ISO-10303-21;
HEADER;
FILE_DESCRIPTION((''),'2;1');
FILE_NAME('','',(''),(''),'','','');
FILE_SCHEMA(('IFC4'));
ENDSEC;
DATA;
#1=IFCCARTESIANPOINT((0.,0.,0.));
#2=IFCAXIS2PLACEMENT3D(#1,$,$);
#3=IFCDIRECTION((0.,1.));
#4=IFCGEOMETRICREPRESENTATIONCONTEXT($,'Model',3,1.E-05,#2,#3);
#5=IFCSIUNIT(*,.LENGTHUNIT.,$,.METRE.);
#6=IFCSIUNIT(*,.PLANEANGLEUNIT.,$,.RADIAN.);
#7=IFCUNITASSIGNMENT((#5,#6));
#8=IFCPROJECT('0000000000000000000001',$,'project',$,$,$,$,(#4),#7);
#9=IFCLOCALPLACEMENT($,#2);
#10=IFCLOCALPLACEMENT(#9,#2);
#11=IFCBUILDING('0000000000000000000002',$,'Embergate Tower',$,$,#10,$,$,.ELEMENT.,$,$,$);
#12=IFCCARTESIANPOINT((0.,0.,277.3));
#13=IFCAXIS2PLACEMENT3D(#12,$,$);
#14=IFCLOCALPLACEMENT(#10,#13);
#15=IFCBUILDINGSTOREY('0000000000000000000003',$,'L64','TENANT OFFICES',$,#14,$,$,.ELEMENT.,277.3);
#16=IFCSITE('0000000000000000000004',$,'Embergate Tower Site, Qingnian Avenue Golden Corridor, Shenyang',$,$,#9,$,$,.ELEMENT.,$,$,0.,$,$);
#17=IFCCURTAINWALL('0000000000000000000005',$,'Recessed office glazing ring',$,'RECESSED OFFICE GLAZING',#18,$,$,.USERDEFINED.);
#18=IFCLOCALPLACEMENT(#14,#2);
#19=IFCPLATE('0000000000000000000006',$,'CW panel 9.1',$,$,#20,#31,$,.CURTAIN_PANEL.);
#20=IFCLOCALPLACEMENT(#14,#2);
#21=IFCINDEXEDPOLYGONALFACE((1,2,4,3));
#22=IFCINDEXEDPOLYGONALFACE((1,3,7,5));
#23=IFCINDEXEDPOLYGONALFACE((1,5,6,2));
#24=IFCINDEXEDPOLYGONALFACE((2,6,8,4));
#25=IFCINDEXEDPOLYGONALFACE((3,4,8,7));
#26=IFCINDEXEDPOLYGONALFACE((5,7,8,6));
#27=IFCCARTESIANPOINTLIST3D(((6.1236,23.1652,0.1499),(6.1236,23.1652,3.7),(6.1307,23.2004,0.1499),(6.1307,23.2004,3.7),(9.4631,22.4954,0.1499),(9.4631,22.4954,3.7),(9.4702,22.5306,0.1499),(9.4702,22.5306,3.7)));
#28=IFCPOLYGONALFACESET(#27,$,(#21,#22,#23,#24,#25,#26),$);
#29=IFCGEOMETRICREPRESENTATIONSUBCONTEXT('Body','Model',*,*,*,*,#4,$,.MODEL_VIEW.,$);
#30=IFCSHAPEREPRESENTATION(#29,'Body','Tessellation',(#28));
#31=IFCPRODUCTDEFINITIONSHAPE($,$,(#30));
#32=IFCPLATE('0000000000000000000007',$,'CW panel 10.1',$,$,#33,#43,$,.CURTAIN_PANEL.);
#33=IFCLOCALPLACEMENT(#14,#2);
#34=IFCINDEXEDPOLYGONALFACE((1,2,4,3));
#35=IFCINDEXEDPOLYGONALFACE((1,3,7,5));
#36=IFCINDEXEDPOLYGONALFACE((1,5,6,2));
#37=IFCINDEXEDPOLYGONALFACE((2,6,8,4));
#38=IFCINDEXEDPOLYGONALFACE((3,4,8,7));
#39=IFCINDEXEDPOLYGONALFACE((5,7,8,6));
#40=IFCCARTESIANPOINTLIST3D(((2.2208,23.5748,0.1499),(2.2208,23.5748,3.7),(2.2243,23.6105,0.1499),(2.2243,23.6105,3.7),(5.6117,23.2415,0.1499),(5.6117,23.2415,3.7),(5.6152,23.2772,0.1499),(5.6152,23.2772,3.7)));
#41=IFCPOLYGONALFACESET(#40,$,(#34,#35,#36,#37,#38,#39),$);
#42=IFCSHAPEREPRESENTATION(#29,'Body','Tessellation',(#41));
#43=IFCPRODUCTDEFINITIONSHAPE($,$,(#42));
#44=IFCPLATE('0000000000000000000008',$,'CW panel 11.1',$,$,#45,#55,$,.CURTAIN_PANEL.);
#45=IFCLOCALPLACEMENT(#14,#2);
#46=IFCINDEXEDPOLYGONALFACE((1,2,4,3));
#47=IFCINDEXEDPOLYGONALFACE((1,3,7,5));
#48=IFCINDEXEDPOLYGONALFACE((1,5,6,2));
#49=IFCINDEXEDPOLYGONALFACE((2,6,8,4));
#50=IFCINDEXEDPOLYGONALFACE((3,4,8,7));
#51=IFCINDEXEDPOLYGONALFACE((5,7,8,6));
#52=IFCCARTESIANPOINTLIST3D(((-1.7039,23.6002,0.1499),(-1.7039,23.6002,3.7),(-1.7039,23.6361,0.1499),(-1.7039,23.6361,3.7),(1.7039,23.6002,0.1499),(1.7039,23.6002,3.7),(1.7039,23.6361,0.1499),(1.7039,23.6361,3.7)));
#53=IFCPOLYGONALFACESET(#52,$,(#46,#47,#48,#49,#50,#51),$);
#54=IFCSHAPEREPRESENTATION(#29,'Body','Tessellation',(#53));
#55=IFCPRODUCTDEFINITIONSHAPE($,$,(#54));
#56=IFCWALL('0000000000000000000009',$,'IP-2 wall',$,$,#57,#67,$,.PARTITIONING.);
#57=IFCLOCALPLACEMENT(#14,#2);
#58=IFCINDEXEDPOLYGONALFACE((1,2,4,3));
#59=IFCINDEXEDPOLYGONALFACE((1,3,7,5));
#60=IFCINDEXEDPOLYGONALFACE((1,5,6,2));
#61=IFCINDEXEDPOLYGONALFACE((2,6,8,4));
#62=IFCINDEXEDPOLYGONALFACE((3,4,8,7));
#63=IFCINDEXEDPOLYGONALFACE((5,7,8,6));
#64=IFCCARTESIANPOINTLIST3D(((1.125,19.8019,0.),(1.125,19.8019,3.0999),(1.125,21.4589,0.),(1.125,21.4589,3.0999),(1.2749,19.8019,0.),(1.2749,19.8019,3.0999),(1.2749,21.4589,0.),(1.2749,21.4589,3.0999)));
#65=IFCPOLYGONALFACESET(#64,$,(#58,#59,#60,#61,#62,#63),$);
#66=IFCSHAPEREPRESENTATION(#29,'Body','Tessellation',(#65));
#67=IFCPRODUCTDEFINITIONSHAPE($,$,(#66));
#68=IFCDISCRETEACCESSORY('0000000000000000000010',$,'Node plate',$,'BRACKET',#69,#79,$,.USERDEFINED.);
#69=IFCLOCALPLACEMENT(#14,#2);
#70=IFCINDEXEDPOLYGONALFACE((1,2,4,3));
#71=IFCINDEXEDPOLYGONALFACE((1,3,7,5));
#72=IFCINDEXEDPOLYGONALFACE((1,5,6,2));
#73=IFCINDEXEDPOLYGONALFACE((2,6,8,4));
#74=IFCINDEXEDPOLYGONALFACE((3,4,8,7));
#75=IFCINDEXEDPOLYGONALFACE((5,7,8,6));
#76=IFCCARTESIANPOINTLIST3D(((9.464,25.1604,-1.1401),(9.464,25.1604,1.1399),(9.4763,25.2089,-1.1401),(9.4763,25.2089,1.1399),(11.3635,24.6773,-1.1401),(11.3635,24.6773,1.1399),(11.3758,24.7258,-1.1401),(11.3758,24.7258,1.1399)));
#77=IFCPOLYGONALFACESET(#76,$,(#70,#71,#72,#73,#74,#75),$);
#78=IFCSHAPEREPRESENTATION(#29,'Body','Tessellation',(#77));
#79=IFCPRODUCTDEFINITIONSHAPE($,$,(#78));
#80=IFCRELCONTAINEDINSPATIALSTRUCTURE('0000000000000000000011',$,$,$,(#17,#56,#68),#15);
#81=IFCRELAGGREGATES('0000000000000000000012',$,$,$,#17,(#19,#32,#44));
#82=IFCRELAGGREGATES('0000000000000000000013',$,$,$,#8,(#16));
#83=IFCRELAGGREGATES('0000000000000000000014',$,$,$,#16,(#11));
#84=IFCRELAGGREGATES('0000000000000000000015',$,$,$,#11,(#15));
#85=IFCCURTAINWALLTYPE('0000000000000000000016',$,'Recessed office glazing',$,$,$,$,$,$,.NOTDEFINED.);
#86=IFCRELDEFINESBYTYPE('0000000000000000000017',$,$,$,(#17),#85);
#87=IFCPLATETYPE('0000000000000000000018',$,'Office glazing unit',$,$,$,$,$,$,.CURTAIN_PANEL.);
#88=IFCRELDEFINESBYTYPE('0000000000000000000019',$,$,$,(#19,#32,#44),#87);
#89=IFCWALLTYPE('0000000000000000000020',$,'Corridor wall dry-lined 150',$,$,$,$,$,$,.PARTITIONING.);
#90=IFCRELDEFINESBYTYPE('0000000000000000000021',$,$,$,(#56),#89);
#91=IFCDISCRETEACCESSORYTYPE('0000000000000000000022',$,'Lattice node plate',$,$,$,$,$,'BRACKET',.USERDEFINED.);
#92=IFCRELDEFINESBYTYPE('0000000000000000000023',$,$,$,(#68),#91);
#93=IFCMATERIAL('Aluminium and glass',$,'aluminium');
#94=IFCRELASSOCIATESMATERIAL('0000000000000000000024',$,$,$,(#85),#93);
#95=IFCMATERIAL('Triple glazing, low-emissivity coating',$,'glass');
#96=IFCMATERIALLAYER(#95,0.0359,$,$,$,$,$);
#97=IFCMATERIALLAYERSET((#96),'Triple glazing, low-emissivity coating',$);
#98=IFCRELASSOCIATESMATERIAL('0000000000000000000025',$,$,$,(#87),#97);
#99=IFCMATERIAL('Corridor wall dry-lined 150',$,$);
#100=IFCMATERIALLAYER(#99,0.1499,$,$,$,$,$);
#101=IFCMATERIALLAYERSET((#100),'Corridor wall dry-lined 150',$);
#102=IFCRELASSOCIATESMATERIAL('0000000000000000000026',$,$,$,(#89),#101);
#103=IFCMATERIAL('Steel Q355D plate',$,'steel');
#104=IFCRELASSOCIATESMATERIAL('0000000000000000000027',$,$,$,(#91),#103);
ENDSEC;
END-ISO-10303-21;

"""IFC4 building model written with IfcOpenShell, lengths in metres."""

from ifc_helpers import new_model, si_unit, direction, frame, frame_2d, origin, origin_2d, place, context, subcontext, project, spatial, rectangle, extrude, source, transform, mapped, material, layer, layer_set, type_object, element, aggregate, save


model = new_model("IFC4")

# Units and contexts
model_context = context("Model", 3, precision=1e-05, world=origin(), true_north=direction((0.0, 1.0)))
body_context = subcontext(model_context, "Body", "Model", "MODEL_VIEW")
ifc_project = project(units=[si_unit("LENGTHUNIT", "METRE"), si_unit("PLANEANGLEUNIT", "RADIAN")], contexts=[model_context])

# Site, building, storey
site_placement = place(None, origin())
site = spatial("IfcSite", under=ifc_project, at=site_placement, Name="Embergate Tower Site, Qingnian Avenue Golden Corridor, Shenyang", CompositionType="ELEMENT", RefElevation=0.0)
building_placement = place(site_placement, origin())
building = spatial("IfcBuilding", under=site, at=building_placement, Name="Embergate Tower", CompositionType="ELEMENT")
storey_placement = place(building_placement, frame((0.0, 0.0, 277.3)))
storey = spatial("IfcBuildingStorey", under=building, at=storey_placement, Name="L64", Description="TENANT OFFICES", CompositionType="ELEMENT", Elevation=277.3)

# Curtain wall, plates
ifc_material_1 = material(Name="Aluminium and glass", Category="aluminium")
curtain_wall_type = type_object("IfcCurtainWallType", Name="Recessed office glazing", PredefinedType="NOTDEFINED", material=ifc_material_1)
curtain_wall_placement = place(storey_placement, origin())
curtain_wall = element("IfcCurtainWall", 1, at=curtain_wall_placement, inside=storey, type_object=curtain_wall_type, Name="Recessed office glazing ring", ObjectType="RECESSED OFFICE GLAZING", PredefinedType="USERDEFINED")
ifc_material_2 = material(Name="Triple glazing, low-emissivity coating", Category="glass")
ifc_layer_1 = layer(ifc_material_2, 0.0359)
ifc_layer_set_1 = layer_set([ifc_layer_1], Name="Triple glazing, low-emissivity coating")
plate_type = type_object("IfcPlateType", Name="Office glazing unit", PredefinedType="CURTAIN_PANEL", material=ifc_layer_set_1)
shared_shape_1 = source(origin(), body_context, "Body", "SweptSolid", [
    extrude(rectangle(XDim=3.406, YDim=0.0359, at=origin_2d()), origin(), (0.0, 0.0, 1.0), 3.55),
])
plate_1_placement = place(storey_placement, frame((7.7969, 22.8479, 0.1499), z_axis=(0.0, 0.0, 1.0), x_axis=(-0.980476, 0.196639, 0.0)))
plate_1 = element("IfcPlate", 2, at=plate_1_placement, type_object=plate_type, Name="CW panel 9.1", PredefinedType="CURTAIN_PANEL", context=body_context, shape_type="MappedRepresentation", body=[
    mapped(shared_shape_1, transform((0.0, 0.0, 0.0))),
])
shared_shape_2 = source(origin(), body_context, "Body", "SweptSolid", [
    extrude(rectangle(XDim=3.4072, YDim=0.0359, at=origin_2d()), origin(), (0.0, 0.0, 1.0), 3.55),
])
plate_2_placement = place(storey_placement, frame((3.918, 23.426, 0.1499), z_axis=(0.0, 0.0, 1.0), x_axis=(-0.995203, 0.09783, 0.0)))
plate_2 = element("IfcPlate", 3, at=plate_2_placement, type_object=plate_type, Name="CW panel 10.1", PredefinedType="CURTAIN_PANEL", context=body_context, shape_type="MappedRepresentation", body=[
    mapped(shared_shape_2, transform((0.0, 0.0, 0.0))),
])
shared_shape_3 = source(origin(), body_context, "Body", "SweptSolid", [
    extrude(rectangle(XDim=3.4077, YDim=0.0359, at=origin_2d()), origin(), (0.0, 0.0, 1.0), 3.55),
])
plate_3_placement = place(storey_placement, frame((0.0, 23.6182, 0.1499), z_axis=(0.0, 0.0, 1.0), x_axis=(-1.0, 0.0, 0.0)))
plate_3 = element("IfcPlate", 4, at=plate_3_placement, type_object=plate_type, Name="CW panel 11.1", PredefinedType="CURTAIN_PANEL", context=body_context, shape_type="MappedRepresentation", body=[
    mapped(shared_shape_3, transform((0.0, 0.0, 0.0))),
])
aggregate(curtain_wall, [plate_1, plate_2, plate_3])

# Wall
ifc_material_3 = material(Name="Corridor wall dry-lined 150")
ifc_layer_2 = layer(ifc_material_3, 0.1499)
ifc_layer_set_2 = layer_set([ifc_layer_2], Name="Corridor wall dry-lined 150")
wall_type = type_object("IfcWallType", Name="Corridor wall dry-lined 150", PredefinedType="PARTITIONING", material=ifc_layer_set_2)
shared_shape_4 = source(origin(), body_context, "Body", "SweptSolid", [
    extrude(rectangle(XDim=1.657, YDim=0.1499, at=frame_2d((0.8286, 0.0))), origin(), (0.0, 0.0, 1.0), 3.0999),
])
wall_placement = place(storey_placement, frame((1.2, 21.459, 0.0), z_axis=(0.0, 0.0, 1.0), x_axis=(0.0, -1.0, 0.0)))
element("IfcWall", 5, at=wall_placement, inside=storey, type_object=wall_type, Name="IP-2 wall", PredefinedType="PARTITIONING", context=body_context, shape_type="MappedRepresentation", body=[
    mapped(shared_shape_4, transform((0.0, 0.0, 0.0))),
])

# Discrete accessory
ifc_material_4 = material(Name="Steel Q355D plate", Category="steel")
discrete_accessory_type = type_object("IfcDiscreteAccessoryType", Name="Lattice node plate", ElementType="BRACKET", PredefinedType="USERDEFINED", material=ifc_material_4)
shared_shape_5 = source(origin(), body_context, "Body", "SweptSolid", [
    extrude(rectangle(XDim=1.96, YDim=0.05, at=origin_2d()), origin(), (0.0, 0.0, 1.0), 2.28),
])
discrete_accessory_placement = place(storey_placement, frame((10.4199, 24.9431, -1.1401), z_axis=(0.0, 0.0, 1.0), x_axis=(-0.969145, 0.246492, 0.0)))
element("IfcDiscreteAccessory", 6, at=discrete_accessory_placement, inside=storey, type_object=discrete_accessory_type, Name="Node plate", ObjectType="BRACKET", PredefinedType="USERDEFINED", context=body_context, shape_type="MappedRepresentation", body=[
    mapped(shared_shape_5, transform((0.0, 0.0, 0.0))),
])

save(model, "model.ifc")
